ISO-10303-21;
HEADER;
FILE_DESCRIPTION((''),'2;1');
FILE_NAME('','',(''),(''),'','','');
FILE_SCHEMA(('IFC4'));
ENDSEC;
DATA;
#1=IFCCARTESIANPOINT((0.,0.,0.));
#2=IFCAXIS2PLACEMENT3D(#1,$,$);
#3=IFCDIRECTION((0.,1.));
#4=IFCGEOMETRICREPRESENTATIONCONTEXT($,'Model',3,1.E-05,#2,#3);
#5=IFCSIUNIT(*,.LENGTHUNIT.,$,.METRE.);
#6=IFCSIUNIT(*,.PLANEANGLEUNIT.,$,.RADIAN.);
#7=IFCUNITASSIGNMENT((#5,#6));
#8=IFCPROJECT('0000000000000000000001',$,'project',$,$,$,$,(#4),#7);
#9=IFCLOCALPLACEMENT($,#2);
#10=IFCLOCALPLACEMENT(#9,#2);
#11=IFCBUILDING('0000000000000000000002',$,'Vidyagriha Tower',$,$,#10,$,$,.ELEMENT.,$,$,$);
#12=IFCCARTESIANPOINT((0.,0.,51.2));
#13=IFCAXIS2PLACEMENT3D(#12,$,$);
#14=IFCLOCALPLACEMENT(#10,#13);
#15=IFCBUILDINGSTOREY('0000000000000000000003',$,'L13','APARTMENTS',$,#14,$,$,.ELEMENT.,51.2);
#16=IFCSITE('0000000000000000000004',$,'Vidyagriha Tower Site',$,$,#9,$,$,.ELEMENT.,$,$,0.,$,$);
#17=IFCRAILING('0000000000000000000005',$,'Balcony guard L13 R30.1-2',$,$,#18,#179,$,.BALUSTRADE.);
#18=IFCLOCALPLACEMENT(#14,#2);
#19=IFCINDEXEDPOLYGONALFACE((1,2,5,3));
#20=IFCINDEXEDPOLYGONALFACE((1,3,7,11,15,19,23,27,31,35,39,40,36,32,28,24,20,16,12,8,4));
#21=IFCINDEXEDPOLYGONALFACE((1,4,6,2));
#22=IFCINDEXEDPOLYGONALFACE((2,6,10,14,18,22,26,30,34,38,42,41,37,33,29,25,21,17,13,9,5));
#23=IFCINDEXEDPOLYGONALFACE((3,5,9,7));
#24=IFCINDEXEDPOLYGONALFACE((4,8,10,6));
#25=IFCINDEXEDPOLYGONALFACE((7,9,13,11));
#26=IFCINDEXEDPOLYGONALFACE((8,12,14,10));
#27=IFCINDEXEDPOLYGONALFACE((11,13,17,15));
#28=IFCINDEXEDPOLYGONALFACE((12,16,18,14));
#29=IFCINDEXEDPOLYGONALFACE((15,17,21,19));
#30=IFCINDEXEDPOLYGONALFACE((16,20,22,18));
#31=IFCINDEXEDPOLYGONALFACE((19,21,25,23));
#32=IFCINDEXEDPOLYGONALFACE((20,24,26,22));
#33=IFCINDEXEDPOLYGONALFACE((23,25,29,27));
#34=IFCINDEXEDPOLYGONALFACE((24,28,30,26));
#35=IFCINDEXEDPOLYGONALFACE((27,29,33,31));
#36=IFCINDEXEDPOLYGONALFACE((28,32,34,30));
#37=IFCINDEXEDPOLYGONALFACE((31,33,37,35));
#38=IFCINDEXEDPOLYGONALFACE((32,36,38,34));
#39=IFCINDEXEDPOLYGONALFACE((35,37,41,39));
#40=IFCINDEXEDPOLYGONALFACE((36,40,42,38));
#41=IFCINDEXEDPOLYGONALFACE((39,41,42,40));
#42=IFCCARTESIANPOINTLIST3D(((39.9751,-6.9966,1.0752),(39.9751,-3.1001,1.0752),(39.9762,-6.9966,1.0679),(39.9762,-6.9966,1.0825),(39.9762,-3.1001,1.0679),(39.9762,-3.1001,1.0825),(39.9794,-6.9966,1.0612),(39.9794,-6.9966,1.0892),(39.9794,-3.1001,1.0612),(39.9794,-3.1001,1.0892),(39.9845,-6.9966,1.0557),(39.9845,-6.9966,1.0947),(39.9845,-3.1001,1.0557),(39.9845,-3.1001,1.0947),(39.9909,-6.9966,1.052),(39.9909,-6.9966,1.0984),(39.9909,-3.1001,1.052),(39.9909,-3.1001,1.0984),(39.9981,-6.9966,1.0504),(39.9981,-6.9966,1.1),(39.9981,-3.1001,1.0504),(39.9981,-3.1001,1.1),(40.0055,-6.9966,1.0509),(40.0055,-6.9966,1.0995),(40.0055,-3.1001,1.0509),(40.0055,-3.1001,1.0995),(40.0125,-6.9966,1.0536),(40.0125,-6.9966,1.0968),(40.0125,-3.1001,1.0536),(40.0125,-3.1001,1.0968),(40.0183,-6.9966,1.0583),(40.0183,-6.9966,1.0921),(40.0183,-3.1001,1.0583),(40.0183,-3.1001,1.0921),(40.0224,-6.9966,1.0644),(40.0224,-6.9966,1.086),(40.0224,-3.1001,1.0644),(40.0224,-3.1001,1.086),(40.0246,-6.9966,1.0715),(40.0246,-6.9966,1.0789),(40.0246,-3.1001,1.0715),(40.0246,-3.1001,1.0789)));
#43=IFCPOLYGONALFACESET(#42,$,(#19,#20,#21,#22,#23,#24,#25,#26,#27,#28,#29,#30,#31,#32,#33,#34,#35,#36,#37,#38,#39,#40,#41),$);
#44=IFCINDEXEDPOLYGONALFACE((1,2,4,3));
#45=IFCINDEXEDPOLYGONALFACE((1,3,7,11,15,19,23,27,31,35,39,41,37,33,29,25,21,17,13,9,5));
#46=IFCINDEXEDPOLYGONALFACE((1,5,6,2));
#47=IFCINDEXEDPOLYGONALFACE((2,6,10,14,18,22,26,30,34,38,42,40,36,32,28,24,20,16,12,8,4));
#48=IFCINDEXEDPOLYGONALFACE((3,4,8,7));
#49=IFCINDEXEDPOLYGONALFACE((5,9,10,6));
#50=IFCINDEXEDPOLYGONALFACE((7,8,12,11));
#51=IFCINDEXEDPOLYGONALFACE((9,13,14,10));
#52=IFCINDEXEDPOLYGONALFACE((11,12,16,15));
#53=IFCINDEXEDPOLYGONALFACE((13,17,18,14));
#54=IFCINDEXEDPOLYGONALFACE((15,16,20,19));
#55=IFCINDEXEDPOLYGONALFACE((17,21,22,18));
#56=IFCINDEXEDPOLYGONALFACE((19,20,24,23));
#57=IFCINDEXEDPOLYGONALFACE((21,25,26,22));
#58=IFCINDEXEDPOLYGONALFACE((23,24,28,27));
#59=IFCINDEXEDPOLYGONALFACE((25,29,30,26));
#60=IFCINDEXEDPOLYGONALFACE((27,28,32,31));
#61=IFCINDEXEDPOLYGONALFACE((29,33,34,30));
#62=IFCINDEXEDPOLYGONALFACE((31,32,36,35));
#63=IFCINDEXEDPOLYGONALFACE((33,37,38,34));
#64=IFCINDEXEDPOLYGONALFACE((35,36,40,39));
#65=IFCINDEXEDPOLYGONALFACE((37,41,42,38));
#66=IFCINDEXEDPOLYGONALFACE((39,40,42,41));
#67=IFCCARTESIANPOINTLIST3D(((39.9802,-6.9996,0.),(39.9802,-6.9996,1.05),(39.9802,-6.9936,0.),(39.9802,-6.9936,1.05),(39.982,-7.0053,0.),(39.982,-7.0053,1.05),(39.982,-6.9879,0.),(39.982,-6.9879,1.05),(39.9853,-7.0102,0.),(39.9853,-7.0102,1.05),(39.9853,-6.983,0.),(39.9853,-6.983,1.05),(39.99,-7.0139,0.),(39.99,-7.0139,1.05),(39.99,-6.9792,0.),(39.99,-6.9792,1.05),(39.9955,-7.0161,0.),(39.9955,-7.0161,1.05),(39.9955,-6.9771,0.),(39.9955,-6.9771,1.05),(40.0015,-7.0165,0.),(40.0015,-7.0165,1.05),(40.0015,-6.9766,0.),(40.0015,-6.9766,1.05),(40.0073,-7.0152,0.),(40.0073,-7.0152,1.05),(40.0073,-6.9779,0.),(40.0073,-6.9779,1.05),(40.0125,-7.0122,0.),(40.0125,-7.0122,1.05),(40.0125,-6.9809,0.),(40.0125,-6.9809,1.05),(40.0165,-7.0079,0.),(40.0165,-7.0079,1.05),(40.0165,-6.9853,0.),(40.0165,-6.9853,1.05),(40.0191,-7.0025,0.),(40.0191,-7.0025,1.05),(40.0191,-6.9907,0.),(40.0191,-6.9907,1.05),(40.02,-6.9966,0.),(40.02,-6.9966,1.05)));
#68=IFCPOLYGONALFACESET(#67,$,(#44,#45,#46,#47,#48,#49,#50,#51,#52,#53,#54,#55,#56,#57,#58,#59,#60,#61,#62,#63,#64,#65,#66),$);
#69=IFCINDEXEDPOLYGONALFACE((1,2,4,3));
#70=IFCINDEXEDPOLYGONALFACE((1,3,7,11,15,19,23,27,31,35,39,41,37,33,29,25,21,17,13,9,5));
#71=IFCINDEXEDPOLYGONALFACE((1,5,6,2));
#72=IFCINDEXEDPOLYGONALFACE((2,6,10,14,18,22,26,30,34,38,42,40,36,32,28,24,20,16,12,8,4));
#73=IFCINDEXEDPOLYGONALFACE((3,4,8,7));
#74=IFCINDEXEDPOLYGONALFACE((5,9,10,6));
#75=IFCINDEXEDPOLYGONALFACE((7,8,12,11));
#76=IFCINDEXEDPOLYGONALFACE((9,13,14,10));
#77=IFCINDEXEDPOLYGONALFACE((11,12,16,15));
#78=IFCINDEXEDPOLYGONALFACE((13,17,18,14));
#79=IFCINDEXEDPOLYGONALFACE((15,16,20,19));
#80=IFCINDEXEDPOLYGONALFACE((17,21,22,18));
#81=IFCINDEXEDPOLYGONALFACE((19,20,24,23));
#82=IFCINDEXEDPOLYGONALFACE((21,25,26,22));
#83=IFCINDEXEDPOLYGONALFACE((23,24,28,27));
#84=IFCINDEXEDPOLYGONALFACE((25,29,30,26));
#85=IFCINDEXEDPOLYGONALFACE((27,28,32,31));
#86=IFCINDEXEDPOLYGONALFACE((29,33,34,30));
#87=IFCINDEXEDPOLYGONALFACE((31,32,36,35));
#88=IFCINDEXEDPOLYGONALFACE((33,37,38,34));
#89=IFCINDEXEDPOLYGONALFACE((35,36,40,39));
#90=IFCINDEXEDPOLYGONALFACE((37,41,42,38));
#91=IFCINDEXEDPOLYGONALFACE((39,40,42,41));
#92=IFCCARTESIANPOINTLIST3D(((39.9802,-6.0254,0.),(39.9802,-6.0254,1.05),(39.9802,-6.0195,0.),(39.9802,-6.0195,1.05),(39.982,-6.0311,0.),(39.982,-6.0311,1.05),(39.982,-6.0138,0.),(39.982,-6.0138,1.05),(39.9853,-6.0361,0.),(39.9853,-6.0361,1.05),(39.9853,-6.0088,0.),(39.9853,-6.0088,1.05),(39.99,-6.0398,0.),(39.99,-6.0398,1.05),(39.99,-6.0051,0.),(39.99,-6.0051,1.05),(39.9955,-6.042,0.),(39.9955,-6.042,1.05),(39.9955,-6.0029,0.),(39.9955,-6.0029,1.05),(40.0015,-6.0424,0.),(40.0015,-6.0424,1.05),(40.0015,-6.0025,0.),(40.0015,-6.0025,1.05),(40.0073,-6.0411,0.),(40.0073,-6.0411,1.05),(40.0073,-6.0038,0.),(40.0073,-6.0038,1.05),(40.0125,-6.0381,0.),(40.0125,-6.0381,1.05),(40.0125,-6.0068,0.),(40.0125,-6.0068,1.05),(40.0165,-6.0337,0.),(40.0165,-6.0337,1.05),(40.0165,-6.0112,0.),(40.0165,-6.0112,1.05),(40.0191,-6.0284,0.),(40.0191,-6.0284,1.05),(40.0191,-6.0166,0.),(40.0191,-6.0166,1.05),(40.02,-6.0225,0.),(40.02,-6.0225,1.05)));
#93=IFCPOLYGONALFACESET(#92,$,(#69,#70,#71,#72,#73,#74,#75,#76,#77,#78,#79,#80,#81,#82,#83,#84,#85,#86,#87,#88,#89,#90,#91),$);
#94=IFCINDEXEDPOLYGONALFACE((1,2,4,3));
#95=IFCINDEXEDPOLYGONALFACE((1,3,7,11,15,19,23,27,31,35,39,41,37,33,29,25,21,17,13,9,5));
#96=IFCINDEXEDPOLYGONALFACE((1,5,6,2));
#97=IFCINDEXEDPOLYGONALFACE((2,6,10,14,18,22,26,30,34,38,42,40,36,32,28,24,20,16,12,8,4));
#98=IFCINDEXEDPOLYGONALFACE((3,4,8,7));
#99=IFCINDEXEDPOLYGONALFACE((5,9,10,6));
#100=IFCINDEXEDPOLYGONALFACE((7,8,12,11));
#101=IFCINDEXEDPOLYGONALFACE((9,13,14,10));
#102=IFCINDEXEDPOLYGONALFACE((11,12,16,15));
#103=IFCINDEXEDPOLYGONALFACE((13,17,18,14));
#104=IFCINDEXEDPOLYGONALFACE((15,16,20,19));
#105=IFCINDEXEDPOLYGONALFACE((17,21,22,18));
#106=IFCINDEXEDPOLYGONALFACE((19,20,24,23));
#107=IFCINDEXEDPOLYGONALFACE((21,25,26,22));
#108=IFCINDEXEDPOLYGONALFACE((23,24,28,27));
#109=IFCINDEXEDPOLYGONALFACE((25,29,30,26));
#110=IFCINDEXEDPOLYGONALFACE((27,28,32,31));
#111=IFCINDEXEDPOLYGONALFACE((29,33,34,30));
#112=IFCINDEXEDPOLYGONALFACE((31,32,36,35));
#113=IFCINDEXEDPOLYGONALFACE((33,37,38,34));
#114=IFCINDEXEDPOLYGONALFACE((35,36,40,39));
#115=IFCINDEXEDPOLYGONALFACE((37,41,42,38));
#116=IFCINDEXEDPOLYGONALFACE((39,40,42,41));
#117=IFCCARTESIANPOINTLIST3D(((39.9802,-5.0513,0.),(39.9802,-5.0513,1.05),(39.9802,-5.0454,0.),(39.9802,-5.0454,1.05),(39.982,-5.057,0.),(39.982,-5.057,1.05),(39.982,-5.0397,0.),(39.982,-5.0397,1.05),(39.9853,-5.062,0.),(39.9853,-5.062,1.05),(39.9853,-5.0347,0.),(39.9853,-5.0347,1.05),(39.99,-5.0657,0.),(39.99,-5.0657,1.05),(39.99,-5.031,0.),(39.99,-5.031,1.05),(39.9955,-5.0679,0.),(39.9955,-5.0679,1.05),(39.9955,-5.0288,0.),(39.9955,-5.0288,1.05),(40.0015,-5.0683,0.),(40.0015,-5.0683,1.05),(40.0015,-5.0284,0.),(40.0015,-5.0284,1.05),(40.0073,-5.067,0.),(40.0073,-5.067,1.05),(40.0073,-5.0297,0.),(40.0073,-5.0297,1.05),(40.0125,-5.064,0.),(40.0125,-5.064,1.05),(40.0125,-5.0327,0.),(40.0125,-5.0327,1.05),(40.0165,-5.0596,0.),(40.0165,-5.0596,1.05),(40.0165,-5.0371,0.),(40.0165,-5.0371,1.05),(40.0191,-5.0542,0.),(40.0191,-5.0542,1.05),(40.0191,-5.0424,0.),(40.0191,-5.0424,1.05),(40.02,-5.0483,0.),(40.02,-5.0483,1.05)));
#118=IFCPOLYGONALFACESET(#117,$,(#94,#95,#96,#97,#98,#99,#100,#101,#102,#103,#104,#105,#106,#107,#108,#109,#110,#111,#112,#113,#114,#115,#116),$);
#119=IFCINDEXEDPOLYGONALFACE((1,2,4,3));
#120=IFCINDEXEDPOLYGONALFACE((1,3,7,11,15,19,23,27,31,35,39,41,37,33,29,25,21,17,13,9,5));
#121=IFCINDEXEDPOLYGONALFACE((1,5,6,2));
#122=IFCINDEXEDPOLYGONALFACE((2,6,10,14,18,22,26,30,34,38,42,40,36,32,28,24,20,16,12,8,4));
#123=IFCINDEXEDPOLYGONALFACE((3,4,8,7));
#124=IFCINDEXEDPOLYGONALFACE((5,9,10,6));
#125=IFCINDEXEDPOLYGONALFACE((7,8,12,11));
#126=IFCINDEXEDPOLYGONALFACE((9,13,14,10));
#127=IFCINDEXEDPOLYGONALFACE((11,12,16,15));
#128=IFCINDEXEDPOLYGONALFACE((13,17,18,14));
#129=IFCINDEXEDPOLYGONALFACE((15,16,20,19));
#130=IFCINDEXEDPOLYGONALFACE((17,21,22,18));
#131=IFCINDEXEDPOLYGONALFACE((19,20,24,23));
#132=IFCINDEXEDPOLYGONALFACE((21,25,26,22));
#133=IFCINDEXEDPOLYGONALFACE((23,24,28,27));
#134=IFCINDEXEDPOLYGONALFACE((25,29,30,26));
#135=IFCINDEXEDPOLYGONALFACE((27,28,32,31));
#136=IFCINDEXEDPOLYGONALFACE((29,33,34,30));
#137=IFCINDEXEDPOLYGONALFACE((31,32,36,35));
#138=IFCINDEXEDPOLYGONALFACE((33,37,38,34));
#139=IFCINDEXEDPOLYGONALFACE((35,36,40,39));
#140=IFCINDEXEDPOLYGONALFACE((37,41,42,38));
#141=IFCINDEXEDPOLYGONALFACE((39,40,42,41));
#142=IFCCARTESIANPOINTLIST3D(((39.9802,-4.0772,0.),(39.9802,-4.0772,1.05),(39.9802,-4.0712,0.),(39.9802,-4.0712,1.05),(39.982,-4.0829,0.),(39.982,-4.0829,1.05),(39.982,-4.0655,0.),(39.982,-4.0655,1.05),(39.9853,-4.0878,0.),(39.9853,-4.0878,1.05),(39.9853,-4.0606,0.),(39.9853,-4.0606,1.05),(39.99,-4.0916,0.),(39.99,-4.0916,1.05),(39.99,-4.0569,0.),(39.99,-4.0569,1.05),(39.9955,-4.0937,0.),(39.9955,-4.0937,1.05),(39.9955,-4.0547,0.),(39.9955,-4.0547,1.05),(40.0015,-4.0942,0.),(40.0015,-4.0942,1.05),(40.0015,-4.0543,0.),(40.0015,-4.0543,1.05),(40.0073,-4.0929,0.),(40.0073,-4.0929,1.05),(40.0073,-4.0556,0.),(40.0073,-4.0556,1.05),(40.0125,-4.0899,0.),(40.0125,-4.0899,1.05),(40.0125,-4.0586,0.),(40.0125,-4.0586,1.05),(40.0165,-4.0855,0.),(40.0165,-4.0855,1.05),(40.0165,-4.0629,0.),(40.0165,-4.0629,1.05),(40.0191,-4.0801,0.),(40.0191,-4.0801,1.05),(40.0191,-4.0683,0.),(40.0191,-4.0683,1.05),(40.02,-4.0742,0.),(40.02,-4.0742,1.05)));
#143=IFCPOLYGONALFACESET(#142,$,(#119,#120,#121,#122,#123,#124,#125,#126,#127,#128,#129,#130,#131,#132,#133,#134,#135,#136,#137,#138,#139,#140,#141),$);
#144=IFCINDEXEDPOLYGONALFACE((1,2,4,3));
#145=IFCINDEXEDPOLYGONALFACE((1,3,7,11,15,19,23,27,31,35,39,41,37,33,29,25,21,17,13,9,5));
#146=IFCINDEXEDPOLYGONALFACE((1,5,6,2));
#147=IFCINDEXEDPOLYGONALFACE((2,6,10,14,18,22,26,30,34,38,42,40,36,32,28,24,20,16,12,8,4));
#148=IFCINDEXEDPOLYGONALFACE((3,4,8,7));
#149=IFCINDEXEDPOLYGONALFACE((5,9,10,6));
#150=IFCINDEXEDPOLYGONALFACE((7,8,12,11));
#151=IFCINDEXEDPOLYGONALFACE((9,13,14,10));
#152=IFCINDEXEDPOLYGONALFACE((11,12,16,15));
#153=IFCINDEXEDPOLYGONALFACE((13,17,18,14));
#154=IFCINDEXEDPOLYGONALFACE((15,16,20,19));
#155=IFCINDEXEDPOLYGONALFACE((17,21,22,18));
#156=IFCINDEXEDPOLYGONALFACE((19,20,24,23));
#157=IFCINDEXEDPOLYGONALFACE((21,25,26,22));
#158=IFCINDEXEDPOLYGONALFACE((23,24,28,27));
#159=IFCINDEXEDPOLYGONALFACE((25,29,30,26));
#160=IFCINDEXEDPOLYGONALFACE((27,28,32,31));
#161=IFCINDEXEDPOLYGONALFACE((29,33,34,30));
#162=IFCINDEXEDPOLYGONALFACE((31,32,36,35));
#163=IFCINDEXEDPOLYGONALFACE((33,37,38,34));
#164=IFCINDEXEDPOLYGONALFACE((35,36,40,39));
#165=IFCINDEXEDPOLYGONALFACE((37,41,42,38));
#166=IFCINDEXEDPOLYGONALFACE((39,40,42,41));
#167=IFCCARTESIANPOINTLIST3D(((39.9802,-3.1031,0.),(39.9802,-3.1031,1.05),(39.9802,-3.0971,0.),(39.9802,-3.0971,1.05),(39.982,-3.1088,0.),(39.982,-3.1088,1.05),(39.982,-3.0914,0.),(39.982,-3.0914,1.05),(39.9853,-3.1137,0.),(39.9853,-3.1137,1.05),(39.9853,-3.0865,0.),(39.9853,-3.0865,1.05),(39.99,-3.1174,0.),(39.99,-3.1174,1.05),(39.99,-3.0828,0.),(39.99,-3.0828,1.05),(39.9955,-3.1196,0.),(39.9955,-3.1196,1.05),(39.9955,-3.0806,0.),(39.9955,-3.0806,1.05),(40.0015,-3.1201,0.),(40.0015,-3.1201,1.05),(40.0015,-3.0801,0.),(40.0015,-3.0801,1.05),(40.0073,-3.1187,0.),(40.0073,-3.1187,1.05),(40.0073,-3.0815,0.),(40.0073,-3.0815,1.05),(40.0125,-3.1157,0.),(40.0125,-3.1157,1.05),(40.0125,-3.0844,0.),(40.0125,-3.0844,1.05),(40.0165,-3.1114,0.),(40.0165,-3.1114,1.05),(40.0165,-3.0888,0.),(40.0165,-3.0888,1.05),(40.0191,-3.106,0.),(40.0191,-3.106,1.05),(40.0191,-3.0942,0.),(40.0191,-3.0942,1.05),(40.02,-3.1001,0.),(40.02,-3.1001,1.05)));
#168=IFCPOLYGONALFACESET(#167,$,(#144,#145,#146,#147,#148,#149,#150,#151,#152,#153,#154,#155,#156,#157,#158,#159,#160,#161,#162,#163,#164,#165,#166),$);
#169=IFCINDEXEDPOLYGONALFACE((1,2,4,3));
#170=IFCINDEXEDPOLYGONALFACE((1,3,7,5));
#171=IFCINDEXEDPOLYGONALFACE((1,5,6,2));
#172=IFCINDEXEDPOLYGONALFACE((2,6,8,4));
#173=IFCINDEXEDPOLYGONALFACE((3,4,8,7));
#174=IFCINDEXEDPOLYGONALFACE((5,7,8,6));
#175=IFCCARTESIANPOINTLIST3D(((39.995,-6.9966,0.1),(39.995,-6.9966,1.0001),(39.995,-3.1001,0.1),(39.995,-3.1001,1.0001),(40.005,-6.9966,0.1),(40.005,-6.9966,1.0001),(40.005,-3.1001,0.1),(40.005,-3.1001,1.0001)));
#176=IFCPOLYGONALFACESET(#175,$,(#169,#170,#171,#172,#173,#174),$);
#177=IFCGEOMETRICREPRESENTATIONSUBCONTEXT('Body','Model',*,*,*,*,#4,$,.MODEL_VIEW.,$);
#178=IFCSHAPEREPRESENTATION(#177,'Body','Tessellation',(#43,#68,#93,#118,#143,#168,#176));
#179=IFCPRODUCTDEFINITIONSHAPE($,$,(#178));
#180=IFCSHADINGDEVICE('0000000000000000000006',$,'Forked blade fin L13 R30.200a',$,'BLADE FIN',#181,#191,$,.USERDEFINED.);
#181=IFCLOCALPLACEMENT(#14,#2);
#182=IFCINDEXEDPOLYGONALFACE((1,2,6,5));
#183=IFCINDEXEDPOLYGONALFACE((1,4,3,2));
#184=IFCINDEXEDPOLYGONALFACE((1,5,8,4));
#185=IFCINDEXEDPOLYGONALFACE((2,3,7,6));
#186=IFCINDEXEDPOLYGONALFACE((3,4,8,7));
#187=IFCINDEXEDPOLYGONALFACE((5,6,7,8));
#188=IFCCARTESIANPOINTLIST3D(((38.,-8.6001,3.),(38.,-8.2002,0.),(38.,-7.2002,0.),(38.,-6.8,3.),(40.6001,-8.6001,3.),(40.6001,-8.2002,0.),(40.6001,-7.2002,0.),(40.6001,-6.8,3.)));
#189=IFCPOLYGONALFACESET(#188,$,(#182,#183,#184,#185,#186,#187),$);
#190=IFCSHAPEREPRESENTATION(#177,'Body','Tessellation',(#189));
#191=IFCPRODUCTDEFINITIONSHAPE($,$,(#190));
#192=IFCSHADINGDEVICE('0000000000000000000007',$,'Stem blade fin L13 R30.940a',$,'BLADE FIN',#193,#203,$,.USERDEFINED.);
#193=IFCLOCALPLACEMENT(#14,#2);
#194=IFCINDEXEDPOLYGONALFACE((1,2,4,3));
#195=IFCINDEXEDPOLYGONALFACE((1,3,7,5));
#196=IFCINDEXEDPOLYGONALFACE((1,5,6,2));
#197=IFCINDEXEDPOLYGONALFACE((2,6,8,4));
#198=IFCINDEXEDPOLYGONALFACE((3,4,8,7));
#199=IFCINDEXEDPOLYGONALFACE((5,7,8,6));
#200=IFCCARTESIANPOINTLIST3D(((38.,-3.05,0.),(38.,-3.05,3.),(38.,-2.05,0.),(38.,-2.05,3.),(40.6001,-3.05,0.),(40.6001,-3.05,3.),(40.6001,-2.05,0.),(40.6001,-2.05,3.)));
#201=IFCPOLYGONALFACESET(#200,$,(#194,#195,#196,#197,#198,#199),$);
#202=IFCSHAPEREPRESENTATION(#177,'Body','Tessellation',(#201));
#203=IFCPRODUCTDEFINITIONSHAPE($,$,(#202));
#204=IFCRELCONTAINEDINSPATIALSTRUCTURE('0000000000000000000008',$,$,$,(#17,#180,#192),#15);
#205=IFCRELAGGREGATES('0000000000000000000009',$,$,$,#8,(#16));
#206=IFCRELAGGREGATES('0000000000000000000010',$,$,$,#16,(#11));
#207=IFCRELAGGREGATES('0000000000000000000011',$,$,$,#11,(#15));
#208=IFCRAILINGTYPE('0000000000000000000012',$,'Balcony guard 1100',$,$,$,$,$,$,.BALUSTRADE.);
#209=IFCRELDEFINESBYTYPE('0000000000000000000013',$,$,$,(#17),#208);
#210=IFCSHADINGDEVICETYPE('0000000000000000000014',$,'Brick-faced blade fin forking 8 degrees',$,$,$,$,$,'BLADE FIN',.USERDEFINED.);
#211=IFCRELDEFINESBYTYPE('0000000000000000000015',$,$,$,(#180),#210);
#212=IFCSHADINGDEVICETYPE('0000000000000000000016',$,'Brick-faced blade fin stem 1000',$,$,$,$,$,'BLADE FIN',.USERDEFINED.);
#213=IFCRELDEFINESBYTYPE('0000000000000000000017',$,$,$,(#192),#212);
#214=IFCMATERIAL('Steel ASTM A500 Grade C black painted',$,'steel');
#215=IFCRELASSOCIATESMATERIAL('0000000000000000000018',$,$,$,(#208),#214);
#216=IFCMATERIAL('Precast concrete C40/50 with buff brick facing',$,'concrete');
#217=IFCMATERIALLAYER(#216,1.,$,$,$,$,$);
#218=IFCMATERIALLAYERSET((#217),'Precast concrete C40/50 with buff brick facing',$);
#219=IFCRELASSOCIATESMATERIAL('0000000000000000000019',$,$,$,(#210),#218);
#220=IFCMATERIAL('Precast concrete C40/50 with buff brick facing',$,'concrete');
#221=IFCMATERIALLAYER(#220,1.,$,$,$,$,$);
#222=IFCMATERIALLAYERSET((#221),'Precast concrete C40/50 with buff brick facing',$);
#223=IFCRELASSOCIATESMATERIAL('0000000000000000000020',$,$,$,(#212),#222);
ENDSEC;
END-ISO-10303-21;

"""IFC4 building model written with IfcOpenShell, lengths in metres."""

from ifc_helpers import new_model, si_unit, direction, frame, origin, origin_2d, place, context, subcontext, project, spatial, polyline, rectangle, circle, outline, extrude, material, layer, layer_set, type_object, element, save


model = new_model("IFC4")

# Units and contexts
model_context = context("Model", 3, precision=1e-05, world=origin(), true_north=direction((0.0, 1.0)))
body_context = subcontext(model_context, "Body", "Model", "MODEL_VIEW")
ifc_project = project(units=[si_unit("LENGTHUNIT", "METRE"), si_unit("PLANEANGLEUNIT", "RADIAN")], contexts=[model_context])

# Site, building, storey
site_placement = place(None, origin())
site = spatial("IfcSite", under=ifc_project, at=site_placement, Name="Vidyagriha Tower Site", CompositionType="ELEMENT", RefElevation=0.0)
building_placement = place(site_placement, origin())
building = spatial("IfcBuilding", under=site, at=building_placement, Name="Vidyagriha Tower", CompositionType="ELEMENT")
storey_placement = place(building_placement, frame((0.0, 0.0, 51.2)))
storey = spatial("IfcBuildingStorey", under=building, at=storey_placement, Name="L13", Description="APARTMENTS", CompositionType="ELEMENT", Elevation=51.2)

# Railing
ifc_material_1 = material(Name="Steel ASTM A500 Grade C black painted", Category="steel")
railing_type_1 = type_object("IfcRailingType", Name="Balcony guard 1100", PredefinedType="BALUSTRADE", material=ifc_material_1)
railing_1_placement = place(storey_placement, frame((40.0, -6.9966, 0.0)))
element("IfcRailing", 1, at=railing_1_placement, inside=storey, type_object=railing_type_1, Name="Balcony guard L13 R30.1-2", PredefinedType="BALUSTRADE", context=body_context, shape_type="SweptSolid", body=[
    extrude(circle(Radius=0.0249, at=origin_2d()), frame((0.0, 0.0, 1.0752), z_axis=(0.0, 1.0, 0.0), x_axis=(-1.0, 0.0, 0.0)), (0.0, 0.0, 1.0), 3.8965),
    extrude(circle(Radius=0.02, at=origin_2d()), origin(), (0.0, 0.0, 1.0), 1.05),
    extrude(circle(Radius=0.02, at=origin_2d()), frame((0.0, 0.9741, 0.0)), (0.0, 0.0, 1.0), 1.05),
    extrude(circle(Radius=0.02, at=origin_2d()), frame((0.0, 1.9482, 0.0)), (0.0, 0.0, 1.0), 1.05),
    extrude(circle(Radius=0.02, at=origin_2d()), frame((0.0, 2.9224, 0.0)), (0.0, 0.0, 1.0), 1.05),
    extrude(circle(Radius=0.02, at=origin_2d()), frame((0.0, 3.8965, 0.0)), (0.0, 0.0, 1.0), 1.05),
    extrude(rectangle(XDim=0.01, YDim=0.9001, at=origin_2d()), frame((0.0, 0.0, 0.55), z_axis=(0.0, 1.0, 0.0), x_axis=(-1.0, 0.0, 0.0)), (0.0, 0.0, 1.0), 3.8965),
])

# Shading devices
ifc_material_2 = material(Name="Precast concrete C40/50 with buff brick facing", Category="concrete")
ifc_layer_1 = layer(ifc_material_2, 1.0)
ifc_layer_set_1 = layer_set([ifc_layer_1], Name="Precast concrete C40/50 with buff brick facing")
shading_device_type_1 = type_object("IfcShadingDeviceType", Name="Brick-faced blade fin forking 8 degrees", ElementType="BLADE FIN", PredefinedType="USERDEFINED", material=ifc_layer_set_1)
shading_device_1_placement = place(storey_placement, frame((39.3, -8.6001, 0.0), z_axis=(0.0, 0.0, 1.0), x_axis=(0.0, 1.0, 0.0)))
element("IfcShadingDevice", 2, at=shading_device_1_placement, inside=storey, type_object=shading_device_type_1, Name="Forked blade fin L13 R30.200a", ObjectType="BLADE FIN", PredefinedType="USERDEFINED", context=body_context, shape_type="SweptSolid", body=[
    extrude(outline(polyline([(0.3999, 0.0), (1.3999, 0.0), (1.8, 3.0), (0.0, 3.0), (0.3999, 0.0)])), frame((0.0, 1.3, 0.0), z_axis=(0.0, -1.0, 0.0), x_axis=(1.0, 0.0, 0.0)), (0.0, 0.0, 1.0), 2.6001),
])
ifc_material_3 = material(Name="Precast concrete C40/50 with buff brick facing", Category="concrete")
ifc_layer_2 = layer(ifc_material_3, 1.0)
ifc_layer_set_2 = layer_set([ifc_layer_2], Name="Precast concrete C40/50 with buff brick facing")
shading_device_type_2 = type_object("IfcShadingDeviceType", Name="Brick-faced blade fin stem 1000", ElementType="BLADE FIN", PredefinedType="USERDEFINED", material=ifc_layer_set_2)
shading_device_2_placement = place(storey_placement, frame((39.3, -3.05, 0.0), z_axis=(0.0, 0.0, 1.0), x_axis=(0.0, 1.0, 0.0)))
element("IfcShadingDevice", 3, at=shading_device_2_placement, inside=storey, type_object=shading_device_type_2, Name="Stem blade fin L13 R30.940a", ObjectType="BLADE FIN", PredefinedType="USERDEFINED", context=body_context, shape_type="SweptSolid", body=[
    extrude(outline(polyline([(0.0, 0.0), (1.0, 0.0), (1.0, 3.0), (0.0, 3.0), (0.0, 0.0)])), frame((0.0, 1.3, 0.0), z_axis=(0.0, -1.0, 0.0), x_axis=(1.0, 0.0, 0.0)), (0.0, 0.0, 1.0), 2.6001),
])

save(model, "model.ifc")
